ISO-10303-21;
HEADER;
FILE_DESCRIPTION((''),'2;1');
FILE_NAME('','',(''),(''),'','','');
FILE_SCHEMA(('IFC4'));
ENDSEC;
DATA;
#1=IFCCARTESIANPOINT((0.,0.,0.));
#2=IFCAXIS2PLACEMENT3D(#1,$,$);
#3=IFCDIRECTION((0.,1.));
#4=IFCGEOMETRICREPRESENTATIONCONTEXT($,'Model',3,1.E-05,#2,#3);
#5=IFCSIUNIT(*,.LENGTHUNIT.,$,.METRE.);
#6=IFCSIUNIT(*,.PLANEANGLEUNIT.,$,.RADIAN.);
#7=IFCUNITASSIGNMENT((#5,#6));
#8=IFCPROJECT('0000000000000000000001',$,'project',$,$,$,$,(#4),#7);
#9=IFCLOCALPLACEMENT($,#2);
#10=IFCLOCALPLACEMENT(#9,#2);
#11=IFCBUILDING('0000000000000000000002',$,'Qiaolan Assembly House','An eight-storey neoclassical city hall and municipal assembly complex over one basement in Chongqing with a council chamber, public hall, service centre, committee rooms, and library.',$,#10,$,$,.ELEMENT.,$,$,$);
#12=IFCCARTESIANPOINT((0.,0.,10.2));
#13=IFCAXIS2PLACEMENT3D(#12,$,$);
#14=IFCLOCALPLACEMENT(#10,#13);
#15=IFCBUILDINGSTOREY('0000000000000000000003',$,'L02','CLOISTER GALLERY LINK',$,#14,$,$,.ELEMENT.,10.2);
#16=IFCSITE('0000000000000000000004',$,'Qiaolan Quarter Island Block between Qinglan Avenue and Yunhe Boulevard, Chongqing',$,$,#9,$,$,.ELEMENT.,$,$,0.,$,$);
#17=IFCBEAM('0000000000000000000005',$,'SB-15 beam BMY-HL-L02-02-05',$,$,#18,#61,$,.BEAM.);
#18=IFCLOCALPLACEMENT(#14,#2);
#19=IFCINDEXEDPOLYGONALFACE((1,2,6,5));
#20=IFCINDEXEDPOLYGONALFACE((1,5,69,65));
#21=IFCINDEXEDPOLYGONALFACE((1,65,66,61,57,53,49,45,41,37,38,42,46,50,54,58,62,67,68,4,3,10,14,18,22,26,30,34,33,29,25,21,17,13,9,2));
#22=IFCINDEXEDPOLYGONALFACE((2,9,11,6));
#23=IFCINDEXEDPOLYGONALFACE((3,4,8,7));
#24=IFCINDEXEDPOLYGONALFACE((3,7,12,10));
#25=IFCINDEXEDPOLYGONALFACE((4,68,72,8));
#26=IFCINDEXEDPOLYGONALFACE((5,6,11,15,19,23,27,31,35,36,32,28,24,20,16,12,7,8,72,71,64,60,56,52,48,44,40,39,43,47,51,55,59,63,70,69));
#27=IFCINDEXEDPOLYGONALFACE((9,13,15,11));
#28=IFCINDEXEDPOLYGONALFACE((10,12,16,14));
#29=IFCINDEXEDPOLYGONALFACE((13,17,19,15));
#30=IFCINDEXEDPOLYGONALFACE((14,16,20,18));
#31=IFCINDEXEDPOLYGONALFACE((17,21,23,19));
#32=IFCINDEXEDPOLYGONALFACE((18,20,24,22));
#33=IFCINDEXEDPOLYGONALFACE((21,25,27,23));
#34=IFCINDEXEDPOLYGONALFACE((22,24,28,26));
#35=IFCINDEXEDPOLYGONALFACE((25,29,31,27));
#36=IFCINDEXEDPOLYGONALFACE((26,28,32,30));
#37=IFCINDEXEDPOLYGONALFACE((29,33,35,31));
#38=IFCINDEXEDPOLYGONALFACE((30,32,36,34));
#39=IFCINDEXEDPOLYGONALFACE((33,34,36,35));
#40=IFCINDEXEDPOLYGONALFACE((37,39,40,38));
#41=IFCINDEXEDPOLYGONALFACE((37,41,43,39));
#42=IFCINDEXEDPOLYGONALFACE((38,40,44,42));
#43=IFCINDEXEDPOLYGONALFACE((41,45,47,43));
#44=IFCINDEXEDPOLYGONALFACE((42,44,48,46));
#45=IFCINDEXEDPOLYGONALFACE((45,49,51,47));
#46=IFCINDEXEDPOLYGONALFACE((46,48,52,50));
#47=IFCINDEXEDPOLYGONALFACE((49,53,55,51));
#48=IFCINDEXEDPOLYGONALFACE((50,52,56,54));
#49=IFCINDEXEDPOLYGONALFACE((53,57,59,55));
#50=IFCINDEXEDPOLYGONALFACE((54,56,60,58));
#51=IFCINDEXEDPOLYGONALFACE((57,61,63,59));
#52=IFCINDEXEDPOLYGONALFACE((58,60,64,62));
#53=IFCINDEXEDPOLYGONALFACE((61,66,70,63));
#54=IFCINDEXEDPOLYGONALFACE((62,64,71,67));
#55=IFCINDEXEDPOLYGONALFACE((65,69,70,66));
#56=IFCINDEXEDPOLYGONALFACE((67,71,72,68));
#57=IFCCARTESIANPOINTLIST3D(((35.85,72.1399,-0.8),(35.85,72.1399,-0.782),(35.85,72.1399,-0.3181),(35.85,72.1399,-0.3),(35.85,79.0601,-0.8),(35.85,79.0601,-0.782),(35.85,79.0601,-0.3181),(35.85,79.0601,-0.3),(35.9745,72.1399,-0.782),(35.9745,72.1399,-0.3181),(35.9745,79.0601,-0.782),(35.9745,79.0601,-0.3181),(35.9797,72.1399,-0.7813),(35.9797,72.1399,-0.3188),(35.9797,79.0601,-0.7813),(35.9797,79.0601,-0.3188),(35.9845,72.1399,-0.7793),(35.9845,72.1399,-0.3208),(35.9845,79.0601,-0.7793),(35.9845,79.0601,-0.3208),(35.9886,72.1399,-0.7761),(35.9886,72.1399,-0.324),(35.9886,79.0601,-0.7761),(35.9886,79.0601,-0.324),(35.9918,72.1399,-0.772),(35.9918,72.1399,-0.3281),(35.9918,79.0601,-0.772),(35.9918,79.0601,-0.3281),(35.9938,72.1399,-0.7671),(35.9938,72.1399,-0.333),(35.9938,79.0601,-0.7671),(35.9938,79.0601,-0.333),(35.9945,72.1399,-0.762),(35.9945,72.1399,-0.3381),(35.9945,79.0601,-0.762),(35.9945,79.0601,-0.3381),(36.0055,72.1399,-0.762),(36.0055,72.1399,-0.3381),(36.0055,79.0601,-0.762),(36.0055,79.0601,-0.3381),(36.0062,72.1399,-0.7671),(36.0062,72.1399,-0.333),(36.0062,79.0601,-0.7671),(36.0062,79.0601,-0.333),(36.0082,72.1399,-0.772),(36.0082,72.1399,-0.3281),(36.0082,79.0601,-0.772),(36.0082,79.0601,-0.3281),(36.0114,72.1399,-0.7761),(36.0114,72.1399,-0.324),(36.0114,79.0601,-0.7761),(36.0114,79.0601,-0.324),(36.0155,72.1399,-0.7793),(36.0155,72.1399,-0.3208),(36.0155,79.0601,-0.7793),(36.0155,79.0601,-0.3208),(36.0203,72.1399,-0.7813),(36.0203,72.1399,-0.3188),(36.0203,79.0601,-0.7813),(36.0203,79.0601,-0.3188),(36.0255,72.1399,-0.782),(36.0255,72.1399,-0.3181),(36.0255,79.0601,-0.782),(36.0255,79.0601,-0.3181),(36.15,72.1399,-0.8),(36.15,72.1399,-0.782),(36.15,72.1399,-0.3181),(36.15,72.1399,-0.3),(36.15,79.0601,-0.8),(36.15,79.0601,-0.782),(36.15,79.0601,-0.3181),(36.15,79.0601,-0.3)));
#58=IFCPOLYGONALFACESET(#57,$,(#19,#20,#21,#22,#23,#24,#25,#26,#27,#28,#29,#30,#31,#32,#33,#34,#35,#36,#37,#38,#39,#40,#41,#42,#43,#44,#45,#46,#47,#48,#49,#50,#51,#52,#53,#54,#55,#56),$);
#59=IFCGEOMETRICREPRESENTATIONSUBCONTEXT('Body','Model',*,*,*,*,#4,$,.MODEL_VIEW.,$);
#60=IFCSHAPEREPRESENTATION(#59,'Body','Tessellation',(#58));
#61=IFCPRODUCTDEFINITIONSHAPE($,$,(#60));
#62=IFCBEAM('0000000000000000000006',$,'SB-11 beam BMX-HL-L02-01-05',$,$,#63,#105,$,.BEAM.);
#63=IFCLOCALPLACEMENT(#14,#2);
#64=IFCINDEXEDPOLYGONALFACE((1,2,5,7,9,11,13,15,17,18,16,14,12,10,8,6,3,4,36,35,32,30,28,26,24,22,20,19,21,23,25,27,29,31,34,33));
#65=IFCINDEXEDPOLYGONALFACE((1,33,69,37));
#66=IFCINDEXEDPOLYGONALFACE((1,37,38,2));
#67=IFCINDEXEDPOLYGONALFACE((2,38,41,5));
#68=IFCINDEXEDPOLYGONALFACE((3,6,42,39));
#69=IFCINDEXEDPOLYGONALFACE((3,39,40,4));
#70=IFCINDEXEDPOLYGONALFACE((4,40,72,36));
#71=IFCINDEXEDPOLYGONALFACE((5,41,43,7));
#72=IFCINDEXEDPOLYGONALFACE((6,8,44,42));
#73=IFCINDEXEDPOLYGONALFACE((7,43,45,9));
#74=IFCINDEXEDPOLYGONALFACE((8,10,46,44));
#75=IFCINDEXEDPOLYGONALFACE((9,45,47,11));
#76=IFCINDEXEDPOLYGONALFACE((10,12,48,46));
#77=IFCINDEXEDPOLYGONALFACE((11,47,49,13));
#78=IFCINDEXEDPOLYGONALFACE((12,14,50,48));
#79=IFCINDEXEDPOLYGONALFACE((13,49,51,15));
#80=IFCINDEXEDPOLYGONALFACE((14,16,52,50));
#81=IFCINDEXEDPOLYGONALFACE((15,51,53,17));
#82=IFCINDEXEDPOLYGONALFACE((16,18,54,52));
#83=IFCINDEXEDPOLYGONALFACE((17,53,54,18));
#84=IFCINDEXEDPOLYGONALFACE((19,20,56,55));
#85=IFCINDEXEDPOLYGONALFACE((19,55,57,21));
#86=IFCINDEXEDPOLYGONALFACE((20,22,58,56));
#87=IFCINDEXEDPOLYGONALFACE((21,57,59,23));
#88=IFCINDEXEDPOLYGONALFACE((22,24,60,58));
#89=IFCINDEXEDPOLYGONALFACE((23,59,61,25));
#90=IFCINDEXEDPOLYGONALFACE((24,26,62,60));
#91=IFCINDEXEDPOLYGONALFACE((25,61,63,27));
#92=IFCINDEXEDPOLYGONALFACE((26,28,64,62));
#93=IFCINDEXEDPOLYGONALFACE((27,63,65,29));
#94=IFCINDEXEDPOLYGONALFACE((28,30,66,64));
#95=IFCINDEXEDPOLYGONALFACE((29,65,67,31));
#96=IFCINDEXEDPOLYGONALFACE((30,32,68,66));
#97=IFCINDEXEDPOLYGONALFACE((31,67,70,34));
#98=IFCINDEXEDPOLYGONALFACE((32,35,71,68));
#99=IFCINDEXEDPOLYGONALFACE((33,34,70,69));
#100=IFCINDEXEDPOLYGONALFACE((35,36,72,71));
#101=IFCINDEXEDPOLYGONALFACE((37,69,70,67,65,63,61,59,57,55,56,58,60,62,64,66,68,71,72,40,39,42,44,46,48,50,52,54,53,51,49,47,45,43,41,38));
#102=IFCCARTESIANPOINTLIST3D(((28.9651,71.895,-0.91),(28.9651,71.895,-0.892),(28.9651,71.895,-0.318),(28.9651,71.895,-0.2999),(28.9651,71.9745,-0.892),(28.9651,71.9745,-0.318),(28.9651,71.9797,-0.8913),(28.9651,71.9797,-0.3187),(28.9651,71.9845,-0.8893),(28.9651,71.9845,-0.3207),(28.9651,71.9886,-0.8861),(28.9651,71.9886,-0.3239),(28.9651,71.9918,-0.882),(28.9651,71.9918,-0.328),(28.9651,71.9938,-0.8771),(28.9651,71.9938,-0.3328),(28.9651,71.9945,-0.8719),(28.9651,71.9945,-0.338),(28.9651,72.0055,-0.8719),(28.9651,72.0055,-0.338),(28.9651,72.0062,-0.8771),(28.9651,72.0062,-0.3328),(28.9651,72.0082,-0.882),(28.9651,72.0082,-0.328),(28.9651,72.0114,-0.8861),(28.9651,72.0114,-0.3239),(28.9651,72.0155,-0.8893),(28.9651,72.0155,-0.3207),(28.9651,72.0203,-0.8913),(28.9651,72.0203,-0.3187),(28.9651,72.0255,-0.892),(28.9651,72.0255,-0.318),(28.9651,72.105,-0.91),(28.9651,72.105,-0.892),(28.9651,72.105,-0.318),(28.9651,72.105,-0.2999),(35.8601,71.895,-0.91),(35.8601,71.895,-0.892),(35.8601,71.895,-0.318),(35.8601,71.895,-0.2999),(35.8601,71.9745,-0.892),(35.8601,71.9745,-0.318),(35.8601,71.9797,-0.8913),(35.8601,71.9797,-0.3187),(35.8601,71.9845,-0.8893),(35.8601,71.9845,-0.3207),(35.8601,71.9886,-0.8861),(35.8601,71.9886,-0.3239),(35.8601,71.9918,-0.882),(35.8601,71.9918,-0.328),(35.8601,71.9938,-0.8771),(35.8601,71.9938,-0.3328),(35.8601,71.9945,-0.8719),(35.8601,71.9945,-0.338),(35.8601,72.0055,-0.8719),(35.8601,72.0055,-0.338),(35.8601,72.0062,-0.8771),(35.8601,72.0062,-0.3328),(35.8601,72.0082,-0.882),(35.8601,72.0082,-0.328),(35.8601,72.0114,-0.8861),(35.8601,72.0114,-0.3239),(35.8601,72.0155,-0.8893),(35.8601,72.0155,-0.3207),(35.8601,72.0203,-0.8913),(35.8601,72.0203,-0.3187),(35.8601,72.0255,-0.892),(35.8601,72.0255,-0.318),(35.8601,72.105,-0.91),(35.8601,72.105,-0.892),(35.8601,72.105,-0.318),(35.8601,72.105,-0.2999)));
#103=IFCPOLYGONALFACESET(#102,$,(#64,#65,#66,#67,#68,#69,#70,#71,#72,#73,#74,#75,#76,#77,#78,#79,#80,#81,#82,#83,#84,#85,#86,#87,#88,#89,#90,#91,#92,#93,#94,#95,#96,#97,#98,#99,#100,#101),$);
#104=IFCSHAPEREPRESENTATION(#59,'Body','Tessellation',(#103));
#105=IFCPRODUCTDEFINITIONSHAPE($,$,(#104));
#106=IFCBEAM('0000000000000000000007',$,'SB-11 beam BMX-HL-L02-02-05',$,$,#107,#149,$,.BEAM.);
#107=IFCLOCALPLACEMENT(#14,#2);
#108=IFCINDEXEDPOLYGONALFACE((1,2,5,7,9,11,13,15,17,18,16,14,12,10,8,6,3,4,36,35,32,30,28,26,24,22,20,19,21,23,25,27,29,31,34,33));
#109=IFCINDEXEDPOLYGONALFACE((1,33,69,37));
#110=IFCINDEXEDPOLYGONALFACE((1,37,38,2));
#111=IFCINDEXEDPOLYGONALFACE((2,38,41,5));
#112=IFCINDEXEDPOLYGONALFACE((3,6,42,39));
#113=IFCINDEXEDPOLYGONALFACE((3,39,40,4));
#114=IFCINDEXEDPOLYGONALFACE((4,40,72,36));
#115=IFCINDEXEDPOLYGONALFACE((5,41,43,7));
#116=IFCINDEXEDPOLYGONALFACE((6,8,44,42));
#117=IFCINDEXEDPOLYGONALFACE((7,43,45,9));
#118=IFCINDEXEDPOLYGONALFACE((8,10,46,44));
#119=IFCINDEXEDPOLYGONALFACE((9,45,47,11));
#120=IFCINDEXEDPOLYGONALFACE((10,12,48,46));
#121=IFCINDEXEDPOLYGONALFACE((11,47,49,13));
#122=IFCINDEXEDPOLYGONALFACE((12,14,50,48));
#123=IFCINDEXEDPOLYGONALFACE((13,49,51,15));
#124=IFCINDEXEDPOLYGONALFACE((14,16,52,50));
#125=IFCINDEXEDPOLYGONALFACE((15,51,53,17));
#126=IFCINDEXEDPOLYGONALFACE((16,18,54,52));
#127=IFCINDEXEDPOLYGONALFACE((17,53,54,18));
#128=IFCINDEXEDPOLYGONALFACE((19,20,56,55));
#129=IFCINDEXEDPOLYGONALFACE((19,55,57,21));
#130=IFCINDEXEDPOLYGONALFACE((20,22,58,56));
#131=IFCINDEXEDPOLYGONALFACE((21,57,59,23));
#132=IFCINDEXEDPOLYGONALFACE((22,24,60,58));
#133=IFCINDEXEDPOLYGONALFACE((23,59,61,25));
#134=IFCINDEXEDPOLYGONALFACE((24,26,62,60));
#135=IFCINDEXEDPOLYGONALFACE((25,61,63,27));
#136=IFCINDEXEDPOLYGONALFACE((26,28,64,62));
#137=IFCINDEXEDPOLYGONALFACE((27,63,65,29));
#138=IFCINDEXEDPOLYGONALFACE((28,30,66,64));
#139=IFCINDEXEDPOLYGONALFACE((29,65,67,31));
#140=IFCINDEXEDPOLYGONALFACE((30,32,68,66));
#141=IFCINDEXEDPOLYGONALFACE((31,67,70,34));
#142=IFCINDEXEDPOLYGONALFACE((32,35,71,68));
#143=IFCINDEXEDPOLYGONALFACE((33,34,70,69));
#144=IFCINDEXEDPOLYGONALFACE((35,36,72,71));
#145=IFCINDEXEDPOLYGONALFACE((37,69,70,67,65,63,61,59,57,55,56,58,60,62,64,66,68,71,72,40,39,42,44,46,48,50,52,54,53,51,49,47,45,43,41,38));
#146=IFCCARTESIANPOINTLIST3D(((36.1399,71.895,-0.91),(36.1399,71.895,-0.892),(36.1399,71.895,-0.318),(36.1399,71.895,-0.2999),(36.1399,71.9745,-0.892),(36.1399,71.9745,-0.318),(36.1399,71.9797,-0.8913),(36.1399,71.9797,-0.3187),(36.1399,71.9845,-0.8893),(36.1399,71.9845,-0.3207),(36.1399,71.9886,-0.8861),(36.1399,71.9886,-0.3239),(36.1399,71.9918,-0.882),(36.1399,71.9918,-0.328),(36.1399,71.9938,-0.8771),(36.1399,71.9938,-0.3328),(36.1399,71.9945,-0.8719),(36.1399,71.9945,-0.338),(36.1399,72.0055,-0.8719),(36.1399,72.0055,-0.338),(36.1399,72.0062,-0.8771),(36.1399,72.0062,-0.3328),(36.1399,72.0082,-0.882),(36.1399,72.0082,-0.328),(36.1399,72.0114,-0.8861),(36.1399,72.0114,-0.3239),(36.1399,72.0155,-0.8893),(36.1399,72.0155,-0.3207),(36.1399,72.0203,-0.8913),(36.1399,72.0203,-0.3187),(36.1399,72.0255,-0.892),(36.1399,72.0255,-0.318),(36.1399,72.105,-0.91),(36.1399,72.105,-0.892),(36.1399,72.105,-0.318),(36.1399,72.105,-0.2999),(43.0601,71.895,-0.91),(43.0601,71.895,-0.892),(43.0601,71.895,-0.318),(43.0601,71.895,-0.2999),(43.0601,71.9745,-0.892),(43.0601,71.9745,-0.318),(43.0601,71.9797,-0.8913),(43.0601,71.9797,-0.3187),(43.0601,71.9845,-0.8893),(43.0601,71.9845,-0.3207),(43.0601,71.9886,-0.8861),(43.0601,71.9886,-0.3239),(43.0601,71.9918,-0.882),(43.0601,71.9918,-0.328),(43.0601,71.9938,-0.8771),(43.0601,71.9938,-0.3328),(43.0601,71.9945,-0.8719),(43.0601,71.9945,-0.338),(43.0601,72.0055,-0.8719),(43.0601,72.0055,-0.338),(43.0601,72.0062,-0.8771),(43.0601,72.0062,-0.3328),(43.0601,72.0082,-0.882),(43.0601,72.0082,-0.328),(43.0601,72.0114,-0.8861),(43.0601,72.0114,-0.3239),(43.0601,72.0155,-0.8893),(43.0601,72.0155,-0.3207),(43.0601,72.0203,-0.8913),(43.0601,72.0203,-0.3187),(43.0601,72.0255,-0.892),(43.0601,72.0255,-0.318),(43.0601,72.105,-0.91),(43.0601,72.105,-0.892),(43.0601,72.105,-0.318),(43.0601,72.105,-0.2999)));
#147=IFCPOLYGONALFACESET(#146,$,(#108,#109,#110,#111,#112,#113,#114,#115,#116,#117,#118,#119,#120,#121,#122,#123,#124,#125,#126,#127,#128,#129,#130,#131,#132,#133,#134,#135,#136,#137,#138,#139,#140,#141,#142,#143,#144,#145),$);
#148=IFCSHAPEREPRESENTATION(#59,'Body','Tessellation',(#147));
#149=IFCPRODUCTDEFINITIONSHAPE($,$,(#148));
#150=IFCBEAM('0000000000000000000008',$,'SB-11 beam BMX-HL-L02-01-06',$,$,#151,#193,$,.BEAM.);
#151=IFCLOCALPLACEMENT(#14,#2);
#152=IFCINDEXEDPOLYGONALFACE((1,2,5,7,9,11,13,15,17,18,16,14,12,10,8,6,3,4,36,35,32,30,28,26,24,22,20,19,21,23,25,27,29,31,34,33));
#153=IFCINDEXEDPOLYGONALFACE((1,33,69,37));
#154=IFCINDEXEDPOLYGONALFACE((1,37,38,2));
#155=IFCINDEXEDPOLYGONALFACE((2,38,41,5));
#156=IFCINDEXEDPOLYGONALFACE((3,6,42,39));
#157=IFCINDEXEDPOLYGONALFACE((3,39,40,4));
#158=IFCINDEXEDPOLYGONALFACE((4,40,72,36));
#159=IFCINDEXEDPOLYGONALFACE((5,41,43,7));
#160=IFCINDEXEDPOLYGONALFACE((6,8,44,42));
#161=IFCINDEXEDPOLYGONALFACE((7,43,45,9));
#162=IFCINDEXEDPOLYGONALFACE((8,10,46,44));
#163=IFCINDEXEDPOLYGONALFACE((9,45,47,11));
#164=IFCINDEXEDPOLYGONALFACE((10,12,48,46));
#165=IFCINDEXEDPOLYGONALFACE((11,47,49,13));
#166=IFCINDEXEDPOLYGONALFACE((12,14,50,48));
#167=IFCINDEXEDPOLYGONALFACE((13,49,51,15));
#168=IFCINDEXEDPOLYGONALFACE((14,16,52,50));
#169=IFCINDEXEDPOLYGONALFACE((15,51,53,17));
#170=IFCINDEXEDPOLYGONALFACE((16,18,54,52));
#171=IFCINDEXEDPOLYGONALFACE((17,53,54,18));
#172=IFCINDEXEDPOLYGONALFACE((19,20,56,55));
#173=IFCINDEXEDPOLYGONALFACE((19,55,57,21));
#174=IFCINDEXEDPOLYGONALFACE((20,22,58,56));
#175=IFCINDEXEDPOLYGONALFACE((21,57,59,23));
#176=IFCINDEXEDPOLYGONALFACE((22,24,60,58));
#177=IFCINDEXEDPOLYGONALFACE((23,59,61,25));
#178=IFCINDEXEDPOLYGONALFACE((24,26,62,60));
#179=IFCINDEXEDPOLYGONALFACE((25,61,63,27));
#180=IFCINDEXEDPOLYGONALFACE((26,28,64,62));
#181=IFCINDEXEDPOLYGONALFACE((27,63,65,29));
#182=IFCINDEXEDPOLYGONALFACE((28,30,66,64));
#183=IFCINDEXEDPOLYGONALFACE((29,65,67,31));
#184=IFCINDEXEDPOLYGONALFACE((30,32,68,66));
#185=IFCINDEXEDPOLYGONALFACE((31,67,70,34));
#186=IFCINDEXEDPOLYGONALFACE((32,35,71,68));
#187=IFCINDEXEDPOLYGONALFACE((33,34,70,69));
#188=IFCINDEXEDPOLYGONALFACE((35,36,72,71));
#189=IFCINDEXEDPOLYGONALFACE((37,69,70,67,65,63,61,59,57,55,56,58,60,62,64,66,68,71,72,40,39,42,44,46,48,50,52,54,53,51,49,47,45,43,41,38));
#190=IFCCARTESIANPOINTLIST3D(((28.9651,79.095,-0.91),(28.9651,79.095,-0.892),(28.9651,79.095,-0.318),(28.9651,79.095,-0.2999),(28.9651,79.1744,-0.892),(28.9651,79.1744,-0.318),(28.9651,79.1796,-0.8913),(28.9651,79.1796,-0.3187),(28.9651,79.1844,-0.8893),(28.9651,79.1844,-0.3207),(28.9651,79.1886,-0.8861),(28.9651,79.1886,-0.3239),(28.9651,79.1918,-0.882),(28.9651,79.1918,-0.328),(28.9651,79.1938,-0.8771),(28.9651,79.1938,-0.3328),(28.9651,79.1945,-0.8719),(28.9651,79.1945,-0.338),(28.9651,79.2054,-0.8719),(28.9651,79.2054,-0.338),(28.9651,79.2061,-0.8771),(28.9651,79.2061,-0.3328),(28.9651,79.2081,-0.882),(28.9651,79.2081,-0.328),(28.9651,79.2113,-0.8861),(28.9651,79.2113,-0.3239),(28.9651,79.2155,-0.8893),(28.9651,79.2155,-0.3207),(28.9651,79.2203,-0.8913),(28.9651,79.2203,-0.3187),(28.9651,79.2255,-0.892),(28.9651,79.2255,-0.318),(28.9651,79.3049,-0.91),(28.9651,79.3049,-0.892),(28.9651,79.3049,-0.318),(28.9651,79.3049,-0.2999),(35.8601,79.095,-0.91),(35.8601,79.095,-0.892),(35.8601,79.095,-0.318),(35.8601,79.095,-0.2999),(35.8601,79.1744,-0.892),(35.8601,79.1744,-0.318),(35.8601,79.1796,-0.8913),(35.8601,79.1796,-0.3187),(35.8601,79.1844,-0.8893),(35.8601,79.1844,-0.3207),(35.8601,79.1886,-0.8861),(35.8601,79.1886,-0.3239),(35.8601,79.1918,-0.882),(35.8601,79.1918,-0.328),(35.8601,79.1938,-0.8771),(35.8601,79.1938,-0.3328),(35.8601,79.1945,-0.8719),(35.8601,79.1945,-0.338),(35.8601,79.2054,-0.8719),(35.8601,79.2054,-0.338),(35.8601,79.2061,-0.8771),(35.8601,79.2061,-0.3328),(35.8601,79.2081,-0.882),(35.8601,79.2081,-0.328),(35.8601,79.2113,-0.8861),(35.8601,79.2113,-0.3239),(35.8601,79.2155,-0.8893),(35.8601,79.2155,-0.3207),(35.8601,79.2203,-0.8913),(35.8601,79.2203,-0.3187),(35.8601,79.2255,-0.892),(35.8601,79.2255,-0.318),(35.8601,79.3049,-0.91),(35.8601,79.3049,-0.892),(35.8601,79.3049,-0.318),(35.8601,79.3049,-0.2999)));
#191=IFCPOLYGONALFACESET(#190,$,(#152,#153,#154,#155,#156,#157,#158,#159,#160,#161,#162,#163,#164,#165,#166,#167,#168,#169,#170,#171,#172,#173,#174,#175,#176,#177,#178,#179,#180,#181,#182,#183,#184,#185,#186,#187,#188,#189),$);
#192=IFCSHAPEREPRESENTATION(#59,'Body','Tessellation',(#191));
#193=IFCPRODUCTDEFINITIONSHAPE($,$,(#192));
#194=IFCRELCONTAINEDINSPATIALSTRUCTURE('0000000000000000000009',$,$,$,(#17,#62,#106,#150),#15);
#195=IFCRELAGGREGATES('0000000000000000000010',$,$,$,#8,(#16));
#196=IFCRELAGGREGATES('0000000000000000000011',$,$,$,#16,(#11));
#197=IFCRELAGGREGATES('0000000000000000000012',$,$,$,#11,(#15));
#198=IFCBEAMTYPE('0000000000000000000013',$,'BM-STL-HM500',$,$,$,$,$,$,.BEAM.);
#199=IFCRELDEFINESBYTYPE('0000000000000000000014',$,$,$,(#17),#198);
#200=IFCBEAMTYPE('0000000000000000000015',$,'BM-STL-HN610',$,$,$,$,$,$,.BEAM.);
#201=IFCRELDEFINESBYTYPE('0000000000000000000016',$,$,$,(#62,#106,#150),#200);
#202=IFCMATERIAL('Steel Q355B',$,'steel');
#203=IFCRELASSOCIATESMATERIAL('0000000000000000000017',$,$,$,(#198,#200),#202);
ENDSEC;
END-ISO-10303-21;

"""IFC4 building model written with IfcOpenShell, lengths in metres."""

from ifc_helpers import new_model, si_unit, direction, frame, origin, origin_2d, place, context, subcontext, project, spatial, i_section, extrude, material, material_profile, profile_set, type_object, element, save


model = new_model("IFC4")

# Units and contexts
model_context = context("Model", 3, precision=1e-05, world=origin(), true_north=direction((0.0, 1.0)))
body_context = subcontext(model_context, "Body", "Model", "MODEL_VIEW")
ifc_project = project(units=[si_unit("LENGTHUNIT", "METRE"), si_unit("PLANEANGLEUNIT", "RADIAN")], contexts=[model_context])

# Site, building, storey
site_placement = place(None, origin())
site = spatial("IfcSite", under=ifc_project, at=site_placement, Name="Qiaolan Quarter Island Block between Qinglan Avenue and Yunhe Boulevard, Chongqing", CompositionType="ELEMENT", RefElevation=0.0)
building_placement = place(site_placement, origin())
building = spatial("IfcBuilding", under=site, at=building_placement, Name="Qiaolan Assembly House", Description="An eight-storey neoclassical city hall and municipal assembly complex over one basement in Chongqing with a council chamber, public hall, service centre, committee rooms, and library.", CompositionType="ELEMENT")
storey_placement = place(building_placement, frame((0.0, 0.0, 10.2)))
storey = spatial("IfcBuildingStorey", under=building, at=storey_placement, Name="L02", Description="CLOISTER GALLERY LINK", CompositionType="ELEMENT", Elevation=10.2)

# Shared definitions
ifc_material_1 = material(Name="Steel Q355B", Category="steel")

# Beams
ifc_material_profile_1 = material_profile(ifc_material_1, i_section(OverallWidth=0.3, OverallDepth=0.5, WebThickness=0.011, FlangeThickness=0.0181, FilletRadius=0.02, at=origin_2d()), Name="HM 500x300x11x18")
ifc_profile_set_1 = profile_set([ifc_material_profile_1], Name="Steel Q355B")
beam_type_1 = type_object("IfcBeamType", Name="BM-STL-HM500", PredefinedType="BEAM", material=ifc_profile_set_1)
beam_1_placement = place(storey_placement, frame((36.0, 72.1399, -0.55), z_axis=(0.0, 1.0, 0.0), x_axis=(-1.0, 0.0, 0.0)))
element("IfcBeam", 1, at=beam_1_placement, inside=storey, type_object=beam_type_1, Name="SB-15 beam BMY-HL-L02-02-05", PredefinedType="BEAM", context=body_context, shape_type="SweptSolid", body=[
    extrude(i_section(OverallWidth=0.3, OverallDepth=0.5, WebThickness=0.011, FlangeThickness=0.0181, FilletRadius=0.02, at=origin_2d()), origin(), (0.0, 0.0, 1.0), 6.9202),
])
ifc_material_profile_2 = material_profile(ifc_material_1, i_section(OverallWidth=0.21, OverallDepth=0.6101, WebThickness=0.011, FlangeThickness=0.0181, FilletRadius=0.02, at=origin_2d()), Name="HN 610x210x11x18")
ifc_profile_set_2 = profile_set([ifc_material_profile_2], Name="Steel Q355B")
beam_type_2 = type_object("IfcBeamType", Name="BM-STL-HN610", PredefinedType="BEAM", material=ifc_profile_set_2)
beam_2_placement = place(storey_placement, frame((28.9651, 72.0, -0.605), z_axis=(1.0, 0.0, 0.0), x_axis=(0.0, 1.0, 0.0)))
element("IfcBeam", 2, at=beam_2_placement, inside=storey, type_object=beam_type_2, Name="SB-11 beam BMX-HL-L02-01-05", PredefinedType="BEAM", context=body_context, shape_type="SweptSolid", body=[
    extrude(i_section(OverallWidth=0.21, OverallDepth=0.6101, WebThickness=0.011, FlangeThickness=0.0181, FilletRadius=0.02, at=origin_2d()), origin(), (0.0, 0.0, 1.0), 6.895),
])
beam_3_placement = place(storey_placement, frame((36.1399, 72.0, -0.605), z_axis=(1.0, 0.0, 0.0), x_axis=(0.0, 1.0, 0.0)))
element("IfcBeam", 3, at=beam_3_placement, inside=storey, type_object=beam_type_2, Name="SB-11 beam BMX-HL-L02-02-05", PredefinedType="BEAM", context=body_context, shape_type="SweptSolid", body=[
    extrude(i_section(OverallWidth=0.21, OverallDepth=0.6101, WebThickness=0.011, FlangeThickness=0.0181, FilletRadius=0.02, at=origin_2d()), origin(), (0.0, 0.0, 1.0), 6.9202),
])
beam_4_placement = place(storey_placement, frame((28.9651, 79.2, -0.605), z_axis=(1.0, 0.0, 0.0), x_axis=(0.0, 1.0, 0.0)))
element("IfcBeam", 4, at=beam_4_placement, inside=storey, type_object=beam_type_2, Name="SB-11 beam BMX-HL-L02-01-06", PredefinedType="BEAM", context=body_context, shape_type="SweptSolid", body=[
    extrude(i_section(OverallWidth=0.21, OverallDepth=0.6101, WebThickness=0.011, FlangeThickness=0.0181, FilletRadius=0.02, at=origin_2d()), origin(), (0.0, 0.0, 1.0), 6.895),
])

save(model, "model.ifc")
